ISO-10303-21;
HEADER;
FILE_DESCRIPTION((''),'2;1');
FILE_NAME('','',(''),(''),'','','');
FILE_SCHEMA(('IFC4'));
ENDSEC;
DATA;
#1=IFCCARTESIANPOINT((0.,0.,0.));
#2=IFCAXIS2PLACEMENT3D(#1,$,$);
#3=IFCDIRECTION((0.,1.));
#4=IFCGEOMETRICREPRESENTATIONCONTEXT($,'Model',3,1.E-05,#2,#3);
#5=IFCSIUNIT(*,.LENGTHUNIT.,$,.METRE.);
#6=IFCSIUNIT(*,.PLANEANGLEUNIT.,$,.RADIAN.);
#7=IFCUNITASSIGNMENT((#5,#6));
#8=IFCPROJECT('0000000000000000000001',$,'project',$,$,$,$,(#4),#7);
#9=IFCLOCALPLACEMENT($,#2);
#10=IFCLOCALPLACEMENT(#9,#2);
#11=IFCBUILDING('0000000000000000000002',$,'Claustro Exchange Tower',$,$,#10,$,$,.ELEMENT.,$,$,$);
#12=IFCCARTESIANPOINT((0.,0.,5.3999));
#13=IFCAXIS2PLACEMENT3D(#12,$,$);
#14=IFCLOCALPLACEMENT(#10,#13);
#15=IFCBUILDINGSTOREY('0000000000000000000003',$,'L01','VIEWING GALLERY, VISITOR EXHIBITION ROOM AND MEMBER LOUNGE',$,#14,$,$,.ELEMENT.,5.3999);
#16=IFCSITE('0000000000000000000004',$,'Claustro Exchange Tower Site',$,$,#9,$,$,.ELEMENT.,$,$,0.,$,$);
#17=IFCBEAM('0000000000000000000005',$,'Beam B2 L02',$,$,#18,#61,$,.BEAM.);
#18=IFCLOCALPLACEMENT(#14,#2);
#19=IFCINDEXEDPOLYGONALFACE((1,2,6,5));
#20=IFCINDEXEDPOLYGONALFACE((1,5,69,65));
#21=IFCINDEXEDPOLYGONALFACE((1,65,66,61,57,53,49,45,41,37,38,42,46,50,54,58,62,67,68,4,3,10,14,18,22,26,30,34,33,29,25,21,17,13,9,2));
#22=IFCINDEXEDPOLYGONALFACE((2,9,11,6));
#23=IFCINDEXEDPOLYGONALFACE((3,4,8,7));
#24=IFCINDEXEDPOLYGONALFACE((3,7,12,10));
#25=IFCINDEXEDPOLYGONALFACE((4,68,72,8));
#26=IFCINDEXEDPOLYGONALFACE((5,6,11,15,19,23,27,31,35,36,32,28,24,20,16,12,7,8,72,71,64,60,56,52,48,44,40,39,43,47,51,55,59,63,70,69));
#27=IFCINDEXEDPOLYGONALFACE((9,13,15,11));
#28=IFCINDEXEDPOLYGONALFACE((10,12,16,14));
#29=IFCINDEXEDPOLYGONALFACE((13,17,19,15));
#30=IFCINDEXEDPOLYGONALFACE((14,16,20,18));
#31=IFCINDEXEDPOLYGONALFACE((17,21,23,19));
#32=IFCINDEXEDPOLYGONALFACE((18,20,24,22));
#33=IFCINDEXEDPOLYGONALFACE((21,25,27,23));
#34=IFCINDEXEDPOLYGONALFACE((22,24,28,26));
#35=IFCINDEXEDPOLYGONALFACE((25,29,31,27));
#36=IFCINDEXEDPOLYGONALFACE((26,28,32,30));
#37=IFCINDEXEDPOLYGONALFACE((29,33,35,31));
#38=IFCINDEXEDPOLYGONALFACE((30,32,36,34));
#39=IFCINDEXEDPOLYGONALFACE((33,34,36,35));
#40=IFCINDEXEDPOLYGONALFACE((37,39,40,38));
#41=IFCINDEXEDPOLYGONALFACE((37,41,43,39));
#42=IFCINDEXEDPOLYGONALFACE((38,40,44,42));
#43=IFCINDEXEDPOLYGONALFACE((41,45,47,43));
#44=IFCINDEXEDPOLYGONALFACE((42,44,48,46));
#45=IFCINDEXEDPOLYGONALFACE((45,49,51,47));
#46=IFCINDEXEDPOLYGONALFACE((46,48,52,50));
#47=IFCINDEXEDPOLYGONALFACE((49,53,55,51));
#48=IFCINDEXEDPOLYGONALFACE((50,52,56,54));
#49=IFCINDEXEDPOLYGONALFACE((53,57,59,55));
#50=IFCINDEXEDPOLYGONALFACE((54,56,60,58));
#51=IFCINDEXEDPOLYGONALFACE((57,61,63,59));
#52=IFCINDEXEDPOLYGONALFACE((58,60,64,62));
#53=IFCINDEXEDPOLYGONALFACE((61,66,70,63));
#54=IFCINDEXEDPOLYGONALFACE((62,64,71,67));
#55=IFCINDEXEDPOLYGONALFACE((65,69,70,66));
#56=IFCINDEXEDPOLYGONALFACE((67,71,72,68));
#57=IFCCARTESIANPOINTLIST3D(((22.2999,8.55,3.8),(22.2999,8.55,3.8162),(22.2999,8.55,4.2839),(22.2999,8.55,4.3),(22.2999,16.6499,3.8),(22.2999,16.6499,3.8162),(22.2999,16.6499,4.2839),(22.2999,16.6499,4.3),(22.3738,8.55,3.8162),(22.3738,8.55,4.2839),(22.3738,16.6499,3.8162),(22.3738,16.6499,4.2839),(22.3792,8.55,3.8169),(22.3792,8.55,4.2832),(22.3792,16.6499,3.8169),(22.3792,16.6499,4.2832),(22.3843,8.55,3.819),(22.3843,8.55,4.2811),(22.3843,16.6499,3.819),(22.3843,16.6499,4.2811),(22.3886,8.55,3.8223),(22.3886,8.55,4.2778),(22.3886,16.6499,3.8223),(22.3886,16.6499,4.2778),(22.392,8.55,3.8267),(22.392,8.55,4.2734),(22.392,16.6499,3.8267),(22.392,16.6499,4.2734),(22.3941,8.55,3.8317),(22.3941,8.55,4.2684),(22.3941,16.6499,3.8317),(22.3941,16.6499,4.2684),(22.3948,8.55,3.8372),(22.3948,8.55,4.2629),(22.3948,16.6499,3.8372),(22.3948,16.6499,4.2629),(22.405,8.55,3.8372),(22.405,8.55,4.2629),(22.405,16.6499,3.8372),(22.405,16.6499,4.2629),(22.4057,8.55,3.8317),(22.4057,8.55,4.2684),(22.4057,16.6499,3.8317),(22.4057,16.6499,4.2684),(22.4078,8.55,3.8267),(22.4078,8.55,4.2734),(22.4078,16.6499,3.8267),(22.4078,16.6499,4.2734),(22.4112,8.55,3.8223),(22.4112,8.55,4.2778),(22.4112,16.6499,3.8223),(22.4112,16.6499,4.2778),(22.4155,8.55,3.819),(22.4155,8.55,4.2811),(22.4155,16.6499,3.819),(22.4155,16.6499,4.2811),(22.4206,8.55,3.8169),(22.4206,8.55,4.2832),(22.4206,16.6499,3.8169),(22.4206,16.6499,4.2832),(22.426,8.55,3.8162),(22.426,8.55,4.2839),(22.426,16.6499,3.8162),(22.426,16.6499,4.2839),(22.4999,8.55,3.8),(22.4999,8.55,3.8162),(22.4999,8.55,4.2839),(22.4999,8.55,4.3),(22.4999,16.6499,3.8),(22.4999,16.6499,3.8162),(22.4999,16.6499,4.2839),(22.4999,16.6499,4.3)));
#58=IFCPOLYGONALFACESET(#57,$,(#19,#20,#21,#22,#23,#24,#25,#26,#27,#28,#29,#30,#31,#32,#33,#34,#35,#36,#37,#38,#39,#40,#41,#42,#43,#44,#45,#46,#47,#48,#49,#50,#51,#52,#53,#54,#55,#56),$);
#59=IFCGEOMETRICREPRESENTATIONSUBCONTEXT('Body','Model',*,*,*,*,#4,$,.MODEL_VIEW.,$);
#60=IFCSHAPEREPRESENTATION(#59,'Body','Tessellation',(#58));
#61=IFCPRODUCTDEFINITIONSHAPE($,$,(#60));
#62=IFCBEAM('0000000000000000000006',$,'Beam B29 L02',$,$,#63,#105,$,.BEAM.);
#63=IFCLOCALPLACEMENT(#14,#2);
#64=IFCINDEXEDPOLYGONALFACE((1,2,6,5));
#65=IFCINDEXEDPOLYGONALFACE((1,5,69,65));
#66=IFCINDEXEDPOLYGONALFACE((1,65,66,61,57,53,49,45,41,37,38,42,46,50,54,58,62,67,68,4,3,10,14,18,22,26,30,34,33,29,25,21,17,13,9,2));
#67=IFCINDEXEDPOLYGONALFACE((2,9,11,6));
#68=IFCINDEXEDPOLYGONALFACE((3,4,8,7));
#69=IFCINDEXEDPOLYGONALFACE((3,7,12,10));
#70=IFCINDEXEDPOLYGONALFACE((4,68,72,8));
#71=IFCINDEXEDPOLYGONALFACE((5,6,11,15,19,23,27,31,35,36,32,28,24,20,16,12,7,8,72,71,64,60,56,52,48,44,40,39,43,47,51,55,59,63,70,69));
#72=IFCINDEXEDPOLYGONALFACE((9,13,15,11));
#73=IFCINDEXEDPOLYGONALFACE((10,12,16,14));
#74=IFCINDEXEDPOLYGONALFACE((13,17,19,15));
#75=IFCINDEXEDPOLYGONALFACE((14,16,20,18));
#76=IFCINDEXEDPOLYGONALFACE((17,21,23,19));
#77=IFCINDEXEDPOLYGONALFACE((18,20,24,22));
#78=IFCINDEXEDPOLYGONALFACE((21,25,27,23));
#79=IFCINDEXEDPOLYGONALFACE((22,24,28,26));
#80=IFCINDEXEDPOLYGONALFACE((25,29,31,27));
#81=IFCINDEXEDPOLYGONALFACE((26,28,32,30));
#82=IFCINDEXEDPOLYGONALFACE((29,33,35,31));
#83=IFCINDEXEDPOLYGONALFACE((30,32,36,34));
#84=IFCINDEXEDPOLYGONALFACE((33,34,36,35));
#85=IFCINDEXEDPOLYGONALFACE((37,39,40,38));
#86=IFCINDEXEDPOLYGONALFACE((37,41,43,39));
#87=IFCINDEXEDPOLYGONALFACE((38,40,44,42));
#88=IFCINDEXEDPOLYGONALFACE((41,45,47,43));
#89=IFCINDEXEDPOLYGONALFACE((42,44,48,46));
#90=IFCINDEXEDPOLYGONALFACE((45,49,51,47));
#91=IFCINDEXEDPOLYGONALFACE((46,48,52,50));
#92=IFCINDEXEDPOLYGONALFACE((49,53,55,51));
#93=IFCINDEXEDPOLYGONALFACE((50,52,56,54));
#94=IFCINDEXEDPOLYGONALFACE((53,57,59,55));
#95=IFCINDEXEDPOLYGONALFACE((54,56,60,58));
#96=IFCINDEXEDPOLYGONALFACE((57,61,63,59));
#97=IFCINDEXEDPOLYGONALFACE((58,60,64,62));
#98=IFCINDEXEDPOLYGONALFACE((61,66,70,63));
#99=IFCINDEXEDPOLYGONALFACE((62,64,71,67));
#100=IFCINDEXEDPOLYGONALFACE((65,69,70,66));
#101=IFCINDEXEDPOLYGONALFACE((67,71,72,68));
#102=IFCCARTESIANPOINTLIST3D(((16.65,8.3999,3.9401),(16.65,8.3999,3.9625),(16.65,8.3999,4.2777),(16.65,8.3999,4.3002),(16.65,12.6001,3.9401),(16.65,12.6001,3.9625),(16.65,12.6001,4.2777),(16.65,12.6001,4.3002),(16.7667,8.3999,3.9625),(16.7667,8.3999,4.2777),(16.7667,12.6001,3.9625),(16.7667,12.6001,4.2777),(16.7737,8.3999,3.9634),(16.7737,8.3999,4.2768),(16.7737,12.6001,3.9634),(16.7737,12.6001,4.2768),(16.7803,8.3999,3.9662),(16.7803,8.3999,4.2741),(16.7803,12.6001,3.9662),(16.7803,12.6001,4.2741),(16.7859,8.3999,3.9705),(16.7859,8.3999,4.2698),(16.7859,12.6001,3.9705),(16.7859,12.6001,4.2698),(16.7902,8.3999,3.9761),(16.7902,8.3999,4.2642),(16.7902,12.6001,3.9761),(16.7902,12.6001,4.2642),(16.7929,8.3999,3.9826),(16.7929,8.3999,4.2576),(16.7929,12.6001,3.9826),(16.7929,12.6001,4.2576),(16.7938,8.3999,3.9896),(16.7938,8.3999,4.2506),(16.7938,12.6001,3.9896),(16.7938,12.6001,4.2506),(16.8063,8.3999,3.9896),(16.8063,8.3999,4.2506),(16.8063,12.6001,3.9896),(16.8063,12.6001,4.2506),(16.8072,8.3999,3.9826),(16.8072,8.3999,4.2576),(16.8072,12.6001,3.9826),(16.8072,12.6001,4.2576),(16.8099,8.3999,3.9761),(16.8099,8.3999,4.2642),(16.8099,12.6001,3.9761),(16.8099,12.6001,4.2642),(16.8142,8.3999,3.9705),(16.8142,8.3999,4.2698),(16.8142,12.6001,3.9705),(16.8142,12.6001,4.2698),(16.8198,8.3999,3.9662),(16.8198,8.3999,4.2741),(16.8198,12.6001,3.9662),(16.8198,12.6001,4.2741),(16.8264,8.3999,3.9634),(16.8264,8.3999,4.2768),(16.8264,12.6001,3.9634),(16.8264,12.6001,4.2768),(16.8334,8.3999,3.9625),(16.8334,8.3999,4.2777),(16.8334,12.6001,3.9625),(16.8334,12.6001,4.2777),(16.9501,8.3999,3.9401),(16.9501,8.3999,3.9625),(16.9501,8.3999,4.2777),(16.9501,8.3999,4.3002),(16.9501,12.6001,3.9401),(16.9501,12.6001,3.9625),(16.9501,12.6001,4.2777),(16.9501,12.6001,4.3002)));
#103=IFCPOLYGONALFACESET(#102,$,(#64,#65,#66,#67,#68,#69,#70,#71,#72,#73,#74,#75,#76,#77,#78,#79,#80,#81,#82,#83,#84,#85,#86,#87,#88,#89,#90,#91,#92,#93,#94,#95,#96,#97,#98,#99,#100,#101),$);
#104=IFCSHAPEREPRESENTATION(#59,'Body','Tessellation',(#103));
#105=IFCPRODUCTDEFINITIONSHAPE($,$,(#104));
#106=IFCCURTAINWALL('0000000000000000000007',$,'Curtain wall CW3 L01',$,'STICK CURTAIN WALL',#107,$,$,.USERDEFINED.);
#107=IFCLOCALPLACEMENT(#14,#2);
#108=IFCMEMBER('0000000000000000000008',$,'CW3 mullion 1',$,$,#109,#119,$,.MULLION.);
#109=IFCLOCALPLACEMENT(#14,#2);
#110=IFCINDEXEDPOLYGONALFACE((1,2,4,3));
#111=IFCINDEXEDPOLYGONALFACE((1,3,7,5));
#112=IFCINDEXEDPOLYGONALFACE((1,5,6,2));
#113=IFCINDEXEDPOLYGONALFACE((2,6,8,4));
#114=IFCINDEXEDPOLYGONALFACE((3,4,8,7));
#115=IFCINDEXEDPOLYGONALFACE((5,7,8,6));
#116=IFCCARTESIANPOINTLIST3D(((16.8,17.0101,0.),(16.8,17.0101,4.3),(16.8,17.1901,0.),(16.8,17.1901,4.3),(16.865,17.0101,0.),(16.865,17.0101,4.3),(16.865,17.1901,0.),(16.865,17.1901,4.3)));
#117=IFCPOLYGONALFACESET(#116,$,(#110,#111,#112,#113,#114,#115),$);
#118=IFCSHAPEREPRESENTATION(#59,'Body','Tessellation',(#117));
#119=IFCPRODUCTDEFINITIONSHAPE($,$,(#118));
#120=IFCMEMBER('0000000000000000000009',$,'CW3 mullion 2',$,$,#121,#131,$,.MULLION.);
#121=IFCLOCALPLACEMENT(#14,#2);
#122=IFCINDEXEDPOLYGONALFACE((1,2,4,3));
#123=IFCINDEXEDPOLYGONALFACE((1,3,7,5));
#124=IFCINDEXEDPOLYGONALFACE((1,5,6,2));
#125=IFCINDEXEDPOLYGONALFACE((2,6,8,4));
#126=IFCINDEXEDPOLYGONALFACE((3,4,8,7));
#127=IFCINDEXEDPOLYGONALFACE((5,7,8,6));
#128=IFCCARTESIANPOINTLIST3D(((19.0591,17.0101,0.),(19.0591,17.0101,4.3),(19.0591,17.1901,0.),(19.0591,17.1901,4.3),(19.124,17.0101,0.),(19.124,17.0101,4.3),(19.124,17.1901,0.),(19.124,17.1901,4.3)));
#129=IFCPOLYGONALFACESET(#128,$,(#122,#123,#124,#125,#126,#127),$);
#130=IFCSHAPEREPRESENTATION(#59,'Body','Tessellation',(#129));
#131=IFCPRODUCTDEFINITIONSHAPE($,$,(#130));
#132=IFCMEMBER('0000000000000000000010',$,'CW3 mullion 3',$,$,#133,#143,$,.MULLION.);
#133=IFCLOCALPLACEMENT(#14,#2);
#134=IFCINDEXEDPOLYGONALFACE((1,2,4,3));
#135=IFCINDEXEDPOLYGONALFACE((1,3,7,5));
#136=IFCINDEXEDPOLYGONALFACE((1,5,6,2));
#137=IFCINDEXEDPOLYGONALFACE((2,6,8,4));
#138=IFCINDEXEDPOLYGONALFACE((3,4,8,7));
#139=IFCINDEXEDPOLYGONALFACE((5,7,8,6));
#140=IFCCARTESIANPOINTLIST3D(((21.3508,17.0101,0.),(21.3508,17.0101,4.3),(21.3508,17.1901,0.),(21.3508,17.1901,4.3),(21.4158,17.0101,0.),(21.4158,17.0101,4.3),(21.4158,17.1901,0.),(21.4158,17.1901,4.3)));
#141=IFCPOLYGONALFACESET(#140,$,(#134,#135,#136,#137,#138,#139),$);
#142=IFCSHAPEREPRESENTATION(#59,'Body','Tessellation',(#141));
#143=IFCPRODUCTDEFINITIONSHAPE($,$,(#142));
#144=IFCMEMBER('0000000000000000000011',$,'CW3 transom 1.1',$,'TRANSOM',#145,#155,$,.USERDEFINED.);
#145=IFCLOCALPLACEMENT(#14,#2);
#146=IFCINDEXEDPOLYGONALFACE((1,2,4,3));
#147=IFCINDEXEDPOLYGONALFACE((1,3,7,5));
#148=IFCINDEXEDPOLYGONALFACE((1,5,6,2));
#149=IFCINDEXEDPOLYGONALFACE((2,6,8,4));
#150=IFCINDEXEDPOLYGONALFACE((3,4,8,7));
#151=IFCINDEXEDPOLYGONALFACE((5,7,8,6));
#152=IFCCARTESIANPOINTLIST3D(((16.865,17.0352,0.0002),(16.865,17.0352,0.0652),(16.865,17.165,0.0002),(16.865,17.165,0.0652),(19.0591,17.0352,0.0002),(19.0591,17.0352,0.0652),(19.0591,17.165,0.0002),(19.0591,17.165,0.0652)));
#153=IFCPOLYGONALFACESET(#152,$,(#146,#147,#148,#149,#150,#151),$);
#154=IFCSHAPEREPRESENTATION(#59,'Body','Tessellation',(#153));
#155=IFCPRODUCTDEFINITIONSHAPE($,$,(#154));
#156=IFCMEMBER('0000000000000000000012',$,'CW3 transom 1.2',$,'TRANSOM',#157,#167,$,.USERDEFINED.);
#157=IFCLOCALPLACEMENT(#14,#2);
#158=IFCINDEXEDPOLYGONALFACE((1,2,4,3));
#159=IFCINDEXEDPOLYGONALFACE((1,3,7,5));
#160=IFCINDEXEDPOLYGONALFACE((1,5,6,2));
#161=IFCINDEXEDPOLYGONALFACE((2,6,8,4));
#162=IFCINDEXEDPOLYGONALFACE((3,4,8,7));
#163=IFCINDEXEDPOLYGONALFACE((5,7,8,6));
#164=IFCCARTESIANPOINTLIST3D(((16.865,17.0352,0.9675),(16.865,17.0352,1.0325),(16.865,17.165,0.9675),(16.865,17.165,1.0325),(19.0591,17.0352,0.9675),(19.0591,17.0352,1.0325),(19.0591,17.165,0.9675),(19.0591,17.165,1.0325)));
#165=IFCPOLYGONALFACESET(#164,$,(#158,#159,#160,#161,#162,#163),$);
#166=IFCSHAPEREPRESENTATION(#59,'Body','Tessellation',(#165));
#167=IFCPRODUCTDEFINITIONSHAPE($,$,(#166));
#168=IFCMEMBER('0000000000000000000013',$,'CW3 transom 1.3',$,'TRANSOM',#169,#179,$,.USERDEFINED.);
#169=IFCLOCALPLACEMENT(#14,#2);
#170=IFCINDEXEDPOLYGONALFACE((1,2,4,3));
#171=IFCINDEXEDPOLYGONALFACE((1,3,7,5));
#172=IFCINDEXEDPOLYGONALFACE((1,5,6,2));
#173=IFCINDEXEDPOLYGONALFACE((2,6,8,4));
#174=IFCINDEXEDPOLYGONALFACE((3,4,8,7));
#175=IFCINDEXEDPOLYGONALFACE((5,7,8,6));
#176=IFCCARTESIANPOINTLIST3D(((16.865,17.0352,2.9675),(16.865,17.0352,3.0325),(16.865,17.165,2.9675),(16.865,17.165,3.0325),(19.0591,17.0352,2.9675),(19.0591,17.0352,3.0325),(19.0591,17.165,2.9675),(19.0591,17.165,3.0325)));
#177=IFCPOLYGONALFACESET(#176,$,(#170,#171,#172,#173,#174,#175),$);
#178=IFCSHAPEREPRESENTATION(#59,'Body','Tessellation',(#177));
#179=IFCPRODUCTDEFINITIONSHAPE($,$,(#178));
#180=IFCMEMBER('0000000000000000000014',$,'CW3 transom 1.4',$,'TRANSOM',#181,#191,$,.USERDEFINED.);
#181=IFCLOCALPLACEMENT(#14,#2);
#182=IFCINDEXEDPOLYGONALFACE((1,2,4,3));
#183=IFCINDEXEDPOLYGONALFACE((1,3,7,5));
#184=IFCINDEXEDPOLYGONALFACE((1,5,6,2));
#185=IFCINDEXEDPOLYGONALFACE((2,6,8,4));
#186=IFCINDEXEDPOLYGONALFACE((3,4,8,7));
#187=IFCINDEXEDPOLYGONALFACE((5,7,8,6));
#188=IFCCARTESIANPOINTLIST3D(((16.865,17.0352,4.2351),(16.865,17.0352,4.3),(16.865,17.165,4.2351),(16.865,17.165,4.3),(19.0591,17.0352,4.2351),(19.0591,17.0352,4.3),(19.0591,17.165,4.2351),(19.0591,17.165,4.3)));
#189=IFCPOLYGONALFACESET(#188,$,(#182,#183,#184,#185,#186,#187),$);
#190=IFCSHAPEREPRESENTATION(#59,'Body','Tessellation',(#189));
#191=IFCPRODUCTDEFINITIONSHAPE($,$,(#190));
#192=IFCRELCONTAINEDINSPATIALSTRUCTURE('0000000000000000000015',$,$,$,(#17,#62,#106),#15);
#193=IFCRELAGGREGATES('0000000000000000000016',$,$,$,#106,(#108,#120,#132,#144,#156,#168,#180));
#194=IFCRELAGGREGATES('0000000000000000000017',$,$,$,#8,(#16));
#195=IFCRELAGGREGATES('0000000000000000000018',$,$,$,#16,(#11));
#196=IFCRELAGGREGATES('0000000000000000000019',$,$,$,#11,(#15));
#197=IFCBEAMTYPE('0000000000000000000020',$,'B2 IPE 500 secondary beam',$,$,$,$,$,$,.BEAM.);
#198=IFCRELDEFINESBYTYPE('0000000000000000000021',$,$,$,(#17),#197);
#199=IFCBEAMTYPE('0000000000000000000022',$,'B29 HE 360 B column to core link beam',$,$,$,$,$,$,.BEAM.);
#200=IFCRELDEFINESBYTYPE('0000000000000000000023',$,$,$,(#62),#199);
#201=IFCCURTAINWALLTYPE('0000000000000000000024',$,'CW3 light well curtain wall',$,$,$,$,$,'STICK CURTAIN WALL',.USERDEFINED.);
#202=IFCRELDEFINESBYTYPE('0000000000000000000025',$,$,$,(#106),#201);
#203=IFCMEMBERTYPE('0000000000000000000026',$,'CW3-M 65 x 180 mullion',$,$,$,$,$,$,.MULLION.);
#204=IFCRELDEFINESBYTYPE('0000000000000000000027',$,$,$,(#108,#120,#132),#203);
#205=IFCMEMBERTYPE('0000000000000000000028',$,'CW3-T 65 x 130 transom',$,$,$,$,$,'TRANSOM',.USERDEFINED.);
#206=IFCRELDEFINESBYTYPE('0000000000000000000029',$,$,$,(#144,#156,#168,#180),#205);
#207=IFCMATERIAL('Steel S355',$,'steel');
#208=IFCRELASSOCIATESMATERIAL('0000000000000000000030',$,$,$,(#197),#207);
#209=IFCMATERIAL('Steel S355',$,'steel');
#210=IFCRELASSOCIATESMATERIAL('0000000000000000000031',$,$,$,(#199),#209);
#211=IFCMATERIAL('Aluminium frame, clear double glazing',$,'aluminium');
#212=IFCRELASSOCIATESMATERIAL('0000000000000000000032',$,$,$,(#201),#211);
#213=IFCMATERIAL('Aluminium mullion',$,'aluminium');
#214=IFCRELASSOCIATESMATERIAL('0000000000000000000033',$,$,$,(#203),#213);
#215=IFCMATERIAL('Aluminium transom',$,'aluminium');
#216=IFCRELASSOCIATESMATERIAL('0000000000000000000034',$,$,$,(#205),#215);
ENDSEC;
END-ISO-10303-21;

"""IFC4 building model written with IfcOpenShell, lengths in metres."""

from ifc_helpers import new_model, si_unit, direction, frame, origin, origin_2d, place, context, subcontext, project, spatial, rectangle, i_section, extrude, material, material_profile, profile_set, type_object, element, aggregate, save


model = new_model("IFC4")

# Units and contexts
model_context = context("Model", 3, precision=1e-05, world=origin(), true_north=direction((0.0, 1.0)))
body_context = subcontext(model_context, "Body", "Model", "MODEL_VIEW")
ifc_project = project(units=[si_unit("LENGTHUNIT", "METRE"), si_unit("PLANEANGLEUNIT", "RADIAN")], contexts=[model_context])

# Site, building, storey
site_placement = place(None, origin())
site = spatial("IfcSite", under=ifc_project, at=site_placement, Name="Claustro Exchange Tower Site", CompositionType="ELEMENT", RefElevation=0.0)
building_placement = place(site_placement, origin())
building = spatial("IfcBuilding", under=site, at=building_placement, Name="Claustro Exchange Tower", CompositionType="ELEMENT")
storey_placement = place(building_placement, frame((0.0, 0.0, 5.3999)))
storey = spatial("IfcBuildingStorey", under=building, at=storey_placement, Name="L01", Description="VIEWING GALLERY, VISITOR EXHIBITION ROOM AND MEMBER LOUNGE", CompositionType="ELEMENT", Elevation=5.3999)

# Beams
ifc_material_1 = material(Name="Steel S355", Category="steel")
ifc_material_profile_1 = material_profile(ifc_material_1, i_section(OverallWidth=0.2, OverallDepth=0.5, WebThickness=0.0103, FlangeThickness=0.0161, FilletRadius=0.021, at=origin_2d()), Name="IPE 500")
ifc_profile_set_1 = profile_set([ifc_material_profile_1], Name="Steel S355")
beam_type_1 = type_object("IfcBeamType", Name="B2 IPE 500 secondary beam", PredefinedType="BEAM", material=ifc_profile_set_1)
for number, where, z_axis, x_axis, name in (
    (1, (22.3999, 8.55, 4.05), (0.0, 1.0, 0.0), (-1.0, 0.0, 0.0), "Beam B2 L02"),
):
    element("IfcBeam", number, at=place(storey_placement, frame(where, z_axis=z_axis, x_axis=x_axis)), inside=storey, type_object=beam_type_1, Name=name, PredefinedType="BEAM", context=body_context, shape_type="SweptSolid", body=[
        extrude(i_section(OverallWidth=0.2, OverallDepth=0.5, WebThickness=0.0103, FlangeThickness=0.0161, FilletRadius=0.021, at=origin_2d()), origin(), (0.0, 0.0, 1.0), 8.0999),
    ])
ifc_material_2 = material(Name="Steel S355", Category="steel")
ifc_material_profile_2 = material_profile(ifc_material_2, i_section(OverallWidth=0.3, OverallDepth=0.3601, WebThickness=0.0125, FlangeThickness=0.0225, FilletRadius=0.0271, at=origin_2d()), Name="HE 360 B")
ifc_profile_set_2 = profile_set([ifc_material_profile_2], Name="Steel S355")
beam_type_2 = type_object("IfcBeamType", Name="B29 HE 360 B column to core link beam", PredefinedType="BEAM", material=ifc_profile_set_2)
beam_1_placement = place(storey_placement, frame((16.8, 8.3999, 4.1201), z_axis=(0.0, 1.0, 0.0), x_axis=(-1.0, 0.0, 0.0)))
element("IfcBeam", 2, at=beam_1_placement, inside=storey, type_object=beam_type_2, Name="Beam B29 L02", PredefinedType="BEAM", context=body_context, shape_type="SweptSolid", body=[
    extrude(i_section(OverallWidth=0.3, OverallDepth=0.3601, WebThickness=0.0125, FlangeThickness=0.0225, FilletRadius=0.0271, at=origin_2d()), origin(), (0.0, 0.0, 1.0), 4.2002),
])

# Curtain wall, members
ifc_material_3 = material(Name="Aluminium frame, clear double glazing", Category="aluminium")
curtain_wall_type = type_object("IfcCurtainWallType", Name="CW3 light well curtain wall", ElementType="STICK CURTAIN WALL", PredefinedType="USERDEFINED", material=ifc_material_3)
curtain_wall_placement = place(storey_placement, origin())
curtain_wall = element("IfcCurtainWall", 3, at=curtain_wall_placement, inside=storey, type_object=curtain_wall_type, Name="Curtain wall CW3 L01", ObjectType="STICK CURTAIN WALL", PredefinedType="USERDEFINED")
ifc_material_4 = material(Name="Aluminium mullion", Category="aluminium")
ifc_material_profile_3 = material_profile(ifc_material_4, rectangle(XDim=0.1799, YDim=0.0649, at=origin_2d()), Name="CW3-M 65x180")
ifc_profile_set_3 = profile_set([ifc_material_profile_3], Name="Aluminium mullion")
member_type_1 = type_object("IfcMemberType", Name="CW3-M 65 x 180 mullion", PredefinedType="MULLION", material=ifc_profile_set_3)
member_1_placement = place(storey_placement, frame((16.8325, 17.1001, 0.0), z_axis=(0.0, 0.0, 1.0), x_axis=(0.0, 1.0, 0.0)))
member_1 = element("IfcMember", 4, at=member_1_placement, type_object=member_type_1, Name="CW3 mullion 1", PredefinedType="MULLION", context=body_context, shape_type="SweptSolid", body=[
    extrude(rectangle(XDim=0.1799, YDim=0.0649, at=origin_2d()), origin(), (0.0, 0.0, 1.0), 4.3),
])
member_2_placement = place(storey_placement, frame((19.0916, 17.1001, 0.0), z_axis=(0.0, 0.0, 1.0), x_axis=(0.0, 1.0, 0.0)))
member_2 = element("IfcMember", 5, at=member_2_placement, type_object=member_type_1, Name="CW3 mullion 2", PredefinedType="MULLION", context=body_context, shape_type="SweptSolid", body=[
    extrude(rectangle(XDim=0.1799, YDim=0.0649, at=origin_2d()), origin(), (0.0, 0.0, 1.0), 4.3),
])
member_3_placement = place(storey_placement, frame((21.3833, 17.1001, 0.0), z_axis=(0.0, 0.0, 1.0), x_axis=(0.0, 1.0, 0.0)))
member_3 = element("IfcMember", 6, at=member_3_placement, type_object=member_type_1, Name="CW3 mullion 3", PredefinedType="MULLION", context=body_context, shape_type="SweptSolid", body=[
    extrude(rectangle(XDim=0.1799, YDim=0.0649, at=origin_2d()), origin(), (0.0, 0.0, 1.0), 4.3),
])
ifc_material_5 = material(Name="Aluminium transom", Category="aluminium")
ifc_material_profile_4 = material_profile(ifc_material_5, rectangle(XDim=0.1299, YDim=0.0649, at=origin_2d()), Name="CW3-T 65x130")
ifc_profile_set_4 = profile_set([ifc_material_profile_4], Name="Aluminium transom")
member_type_2 = type_object("IfcMemberType", Name="CW3-T 65 x 130 transom", ElementType="TRANSOM", PredefinedType="USERDEFINED", material=ifc_profile_set_4)
member_4_placement = place(storey_placement, frame((16.865, 17.1001, 0.0327), z_axis=(1.0, 0.0, 0.0), x_axis=(0.0, 1.0, 0.0)))
member_4 = element("IfcMember", 7, at=member_4_placement, type_object=member_type_2, Name="CW3 transom 1.1", ObjectType="TRANSOM", PredefinedType="USERDEFINED", context=body_context, shape_type="SweptSolid", body=[
    extrude(rectangle(XDim=0.1299, YDim=0.0649, at=origin_2d()), origin(), (0.0, 0.0, 1.0), 2.1941),
])
member_5_placement = place(storey_placement, frame((16.865, 17.1001, 1.0), z_axis=(1.0, 0.0, 0.0), x_axis=(0.0, 1.0, 0.0)))
member_5 = element("IfcMember", 8, at=member_5_placement, type_object=member_type_2, Name="CW3 transom 1.2", ObjectType="TRANSOM", PredefinedType="USERDEFINED", context=body_context, shape_type="SweptSolid", body=[
    extrude(rectangle(XDim=0.1299, YDim=0.0649, at=origin_2d()), origin(), (0.0, 0.0, 1.0), 2.1941),
])
member_6_placement = place(storey_placement, frame((16.865, 17.1001, 3.0), z_axis=(1.0, 0.0, 0.0), x_axis=(0.0, 1.0, 0.0)))
member_6 = element("IfcMember", 9, at=member_6_placement, type_object=member_type_2, Name="CW3 transom 1.3", ObjectType="TRANSOM", PredefinedType="USERDEFINED", context=body_context, shape_type="SweptSolid", body=[
    extrude(rectangle(XDim=0.1299, YDim=0.0649, at=origin_2d()), origin(), (0.0, 0.0, 1.0), 2.1941),
])
member_7_placement = place(storey_placement, frame((16.865, 17.1001, 4.2676), z_axis=(1.0, 0.0, 0.0), x_axis=(0.0, 1.0, 0.0)))
member_7 = element("IfcMember", 10, at=member_7_placement, type_object=member_type_2, Name="CW3 transom 1.4", ObjectType="TRANSOM", PredefinedType="USERDEFINED", context=body_context, shape_type="SweptSolid", body=[
    extrude(rectangle(XDim=0.1299, YDim=0.0649, at=origin_2d()), origin(), (0.0, 0.0, 1.0), 2.1941),
])
aggregate(curtain_wall, [member_1, member_2, member_3, member_4, member_5, member_6, member_7])

save(model, "model.ifc")
